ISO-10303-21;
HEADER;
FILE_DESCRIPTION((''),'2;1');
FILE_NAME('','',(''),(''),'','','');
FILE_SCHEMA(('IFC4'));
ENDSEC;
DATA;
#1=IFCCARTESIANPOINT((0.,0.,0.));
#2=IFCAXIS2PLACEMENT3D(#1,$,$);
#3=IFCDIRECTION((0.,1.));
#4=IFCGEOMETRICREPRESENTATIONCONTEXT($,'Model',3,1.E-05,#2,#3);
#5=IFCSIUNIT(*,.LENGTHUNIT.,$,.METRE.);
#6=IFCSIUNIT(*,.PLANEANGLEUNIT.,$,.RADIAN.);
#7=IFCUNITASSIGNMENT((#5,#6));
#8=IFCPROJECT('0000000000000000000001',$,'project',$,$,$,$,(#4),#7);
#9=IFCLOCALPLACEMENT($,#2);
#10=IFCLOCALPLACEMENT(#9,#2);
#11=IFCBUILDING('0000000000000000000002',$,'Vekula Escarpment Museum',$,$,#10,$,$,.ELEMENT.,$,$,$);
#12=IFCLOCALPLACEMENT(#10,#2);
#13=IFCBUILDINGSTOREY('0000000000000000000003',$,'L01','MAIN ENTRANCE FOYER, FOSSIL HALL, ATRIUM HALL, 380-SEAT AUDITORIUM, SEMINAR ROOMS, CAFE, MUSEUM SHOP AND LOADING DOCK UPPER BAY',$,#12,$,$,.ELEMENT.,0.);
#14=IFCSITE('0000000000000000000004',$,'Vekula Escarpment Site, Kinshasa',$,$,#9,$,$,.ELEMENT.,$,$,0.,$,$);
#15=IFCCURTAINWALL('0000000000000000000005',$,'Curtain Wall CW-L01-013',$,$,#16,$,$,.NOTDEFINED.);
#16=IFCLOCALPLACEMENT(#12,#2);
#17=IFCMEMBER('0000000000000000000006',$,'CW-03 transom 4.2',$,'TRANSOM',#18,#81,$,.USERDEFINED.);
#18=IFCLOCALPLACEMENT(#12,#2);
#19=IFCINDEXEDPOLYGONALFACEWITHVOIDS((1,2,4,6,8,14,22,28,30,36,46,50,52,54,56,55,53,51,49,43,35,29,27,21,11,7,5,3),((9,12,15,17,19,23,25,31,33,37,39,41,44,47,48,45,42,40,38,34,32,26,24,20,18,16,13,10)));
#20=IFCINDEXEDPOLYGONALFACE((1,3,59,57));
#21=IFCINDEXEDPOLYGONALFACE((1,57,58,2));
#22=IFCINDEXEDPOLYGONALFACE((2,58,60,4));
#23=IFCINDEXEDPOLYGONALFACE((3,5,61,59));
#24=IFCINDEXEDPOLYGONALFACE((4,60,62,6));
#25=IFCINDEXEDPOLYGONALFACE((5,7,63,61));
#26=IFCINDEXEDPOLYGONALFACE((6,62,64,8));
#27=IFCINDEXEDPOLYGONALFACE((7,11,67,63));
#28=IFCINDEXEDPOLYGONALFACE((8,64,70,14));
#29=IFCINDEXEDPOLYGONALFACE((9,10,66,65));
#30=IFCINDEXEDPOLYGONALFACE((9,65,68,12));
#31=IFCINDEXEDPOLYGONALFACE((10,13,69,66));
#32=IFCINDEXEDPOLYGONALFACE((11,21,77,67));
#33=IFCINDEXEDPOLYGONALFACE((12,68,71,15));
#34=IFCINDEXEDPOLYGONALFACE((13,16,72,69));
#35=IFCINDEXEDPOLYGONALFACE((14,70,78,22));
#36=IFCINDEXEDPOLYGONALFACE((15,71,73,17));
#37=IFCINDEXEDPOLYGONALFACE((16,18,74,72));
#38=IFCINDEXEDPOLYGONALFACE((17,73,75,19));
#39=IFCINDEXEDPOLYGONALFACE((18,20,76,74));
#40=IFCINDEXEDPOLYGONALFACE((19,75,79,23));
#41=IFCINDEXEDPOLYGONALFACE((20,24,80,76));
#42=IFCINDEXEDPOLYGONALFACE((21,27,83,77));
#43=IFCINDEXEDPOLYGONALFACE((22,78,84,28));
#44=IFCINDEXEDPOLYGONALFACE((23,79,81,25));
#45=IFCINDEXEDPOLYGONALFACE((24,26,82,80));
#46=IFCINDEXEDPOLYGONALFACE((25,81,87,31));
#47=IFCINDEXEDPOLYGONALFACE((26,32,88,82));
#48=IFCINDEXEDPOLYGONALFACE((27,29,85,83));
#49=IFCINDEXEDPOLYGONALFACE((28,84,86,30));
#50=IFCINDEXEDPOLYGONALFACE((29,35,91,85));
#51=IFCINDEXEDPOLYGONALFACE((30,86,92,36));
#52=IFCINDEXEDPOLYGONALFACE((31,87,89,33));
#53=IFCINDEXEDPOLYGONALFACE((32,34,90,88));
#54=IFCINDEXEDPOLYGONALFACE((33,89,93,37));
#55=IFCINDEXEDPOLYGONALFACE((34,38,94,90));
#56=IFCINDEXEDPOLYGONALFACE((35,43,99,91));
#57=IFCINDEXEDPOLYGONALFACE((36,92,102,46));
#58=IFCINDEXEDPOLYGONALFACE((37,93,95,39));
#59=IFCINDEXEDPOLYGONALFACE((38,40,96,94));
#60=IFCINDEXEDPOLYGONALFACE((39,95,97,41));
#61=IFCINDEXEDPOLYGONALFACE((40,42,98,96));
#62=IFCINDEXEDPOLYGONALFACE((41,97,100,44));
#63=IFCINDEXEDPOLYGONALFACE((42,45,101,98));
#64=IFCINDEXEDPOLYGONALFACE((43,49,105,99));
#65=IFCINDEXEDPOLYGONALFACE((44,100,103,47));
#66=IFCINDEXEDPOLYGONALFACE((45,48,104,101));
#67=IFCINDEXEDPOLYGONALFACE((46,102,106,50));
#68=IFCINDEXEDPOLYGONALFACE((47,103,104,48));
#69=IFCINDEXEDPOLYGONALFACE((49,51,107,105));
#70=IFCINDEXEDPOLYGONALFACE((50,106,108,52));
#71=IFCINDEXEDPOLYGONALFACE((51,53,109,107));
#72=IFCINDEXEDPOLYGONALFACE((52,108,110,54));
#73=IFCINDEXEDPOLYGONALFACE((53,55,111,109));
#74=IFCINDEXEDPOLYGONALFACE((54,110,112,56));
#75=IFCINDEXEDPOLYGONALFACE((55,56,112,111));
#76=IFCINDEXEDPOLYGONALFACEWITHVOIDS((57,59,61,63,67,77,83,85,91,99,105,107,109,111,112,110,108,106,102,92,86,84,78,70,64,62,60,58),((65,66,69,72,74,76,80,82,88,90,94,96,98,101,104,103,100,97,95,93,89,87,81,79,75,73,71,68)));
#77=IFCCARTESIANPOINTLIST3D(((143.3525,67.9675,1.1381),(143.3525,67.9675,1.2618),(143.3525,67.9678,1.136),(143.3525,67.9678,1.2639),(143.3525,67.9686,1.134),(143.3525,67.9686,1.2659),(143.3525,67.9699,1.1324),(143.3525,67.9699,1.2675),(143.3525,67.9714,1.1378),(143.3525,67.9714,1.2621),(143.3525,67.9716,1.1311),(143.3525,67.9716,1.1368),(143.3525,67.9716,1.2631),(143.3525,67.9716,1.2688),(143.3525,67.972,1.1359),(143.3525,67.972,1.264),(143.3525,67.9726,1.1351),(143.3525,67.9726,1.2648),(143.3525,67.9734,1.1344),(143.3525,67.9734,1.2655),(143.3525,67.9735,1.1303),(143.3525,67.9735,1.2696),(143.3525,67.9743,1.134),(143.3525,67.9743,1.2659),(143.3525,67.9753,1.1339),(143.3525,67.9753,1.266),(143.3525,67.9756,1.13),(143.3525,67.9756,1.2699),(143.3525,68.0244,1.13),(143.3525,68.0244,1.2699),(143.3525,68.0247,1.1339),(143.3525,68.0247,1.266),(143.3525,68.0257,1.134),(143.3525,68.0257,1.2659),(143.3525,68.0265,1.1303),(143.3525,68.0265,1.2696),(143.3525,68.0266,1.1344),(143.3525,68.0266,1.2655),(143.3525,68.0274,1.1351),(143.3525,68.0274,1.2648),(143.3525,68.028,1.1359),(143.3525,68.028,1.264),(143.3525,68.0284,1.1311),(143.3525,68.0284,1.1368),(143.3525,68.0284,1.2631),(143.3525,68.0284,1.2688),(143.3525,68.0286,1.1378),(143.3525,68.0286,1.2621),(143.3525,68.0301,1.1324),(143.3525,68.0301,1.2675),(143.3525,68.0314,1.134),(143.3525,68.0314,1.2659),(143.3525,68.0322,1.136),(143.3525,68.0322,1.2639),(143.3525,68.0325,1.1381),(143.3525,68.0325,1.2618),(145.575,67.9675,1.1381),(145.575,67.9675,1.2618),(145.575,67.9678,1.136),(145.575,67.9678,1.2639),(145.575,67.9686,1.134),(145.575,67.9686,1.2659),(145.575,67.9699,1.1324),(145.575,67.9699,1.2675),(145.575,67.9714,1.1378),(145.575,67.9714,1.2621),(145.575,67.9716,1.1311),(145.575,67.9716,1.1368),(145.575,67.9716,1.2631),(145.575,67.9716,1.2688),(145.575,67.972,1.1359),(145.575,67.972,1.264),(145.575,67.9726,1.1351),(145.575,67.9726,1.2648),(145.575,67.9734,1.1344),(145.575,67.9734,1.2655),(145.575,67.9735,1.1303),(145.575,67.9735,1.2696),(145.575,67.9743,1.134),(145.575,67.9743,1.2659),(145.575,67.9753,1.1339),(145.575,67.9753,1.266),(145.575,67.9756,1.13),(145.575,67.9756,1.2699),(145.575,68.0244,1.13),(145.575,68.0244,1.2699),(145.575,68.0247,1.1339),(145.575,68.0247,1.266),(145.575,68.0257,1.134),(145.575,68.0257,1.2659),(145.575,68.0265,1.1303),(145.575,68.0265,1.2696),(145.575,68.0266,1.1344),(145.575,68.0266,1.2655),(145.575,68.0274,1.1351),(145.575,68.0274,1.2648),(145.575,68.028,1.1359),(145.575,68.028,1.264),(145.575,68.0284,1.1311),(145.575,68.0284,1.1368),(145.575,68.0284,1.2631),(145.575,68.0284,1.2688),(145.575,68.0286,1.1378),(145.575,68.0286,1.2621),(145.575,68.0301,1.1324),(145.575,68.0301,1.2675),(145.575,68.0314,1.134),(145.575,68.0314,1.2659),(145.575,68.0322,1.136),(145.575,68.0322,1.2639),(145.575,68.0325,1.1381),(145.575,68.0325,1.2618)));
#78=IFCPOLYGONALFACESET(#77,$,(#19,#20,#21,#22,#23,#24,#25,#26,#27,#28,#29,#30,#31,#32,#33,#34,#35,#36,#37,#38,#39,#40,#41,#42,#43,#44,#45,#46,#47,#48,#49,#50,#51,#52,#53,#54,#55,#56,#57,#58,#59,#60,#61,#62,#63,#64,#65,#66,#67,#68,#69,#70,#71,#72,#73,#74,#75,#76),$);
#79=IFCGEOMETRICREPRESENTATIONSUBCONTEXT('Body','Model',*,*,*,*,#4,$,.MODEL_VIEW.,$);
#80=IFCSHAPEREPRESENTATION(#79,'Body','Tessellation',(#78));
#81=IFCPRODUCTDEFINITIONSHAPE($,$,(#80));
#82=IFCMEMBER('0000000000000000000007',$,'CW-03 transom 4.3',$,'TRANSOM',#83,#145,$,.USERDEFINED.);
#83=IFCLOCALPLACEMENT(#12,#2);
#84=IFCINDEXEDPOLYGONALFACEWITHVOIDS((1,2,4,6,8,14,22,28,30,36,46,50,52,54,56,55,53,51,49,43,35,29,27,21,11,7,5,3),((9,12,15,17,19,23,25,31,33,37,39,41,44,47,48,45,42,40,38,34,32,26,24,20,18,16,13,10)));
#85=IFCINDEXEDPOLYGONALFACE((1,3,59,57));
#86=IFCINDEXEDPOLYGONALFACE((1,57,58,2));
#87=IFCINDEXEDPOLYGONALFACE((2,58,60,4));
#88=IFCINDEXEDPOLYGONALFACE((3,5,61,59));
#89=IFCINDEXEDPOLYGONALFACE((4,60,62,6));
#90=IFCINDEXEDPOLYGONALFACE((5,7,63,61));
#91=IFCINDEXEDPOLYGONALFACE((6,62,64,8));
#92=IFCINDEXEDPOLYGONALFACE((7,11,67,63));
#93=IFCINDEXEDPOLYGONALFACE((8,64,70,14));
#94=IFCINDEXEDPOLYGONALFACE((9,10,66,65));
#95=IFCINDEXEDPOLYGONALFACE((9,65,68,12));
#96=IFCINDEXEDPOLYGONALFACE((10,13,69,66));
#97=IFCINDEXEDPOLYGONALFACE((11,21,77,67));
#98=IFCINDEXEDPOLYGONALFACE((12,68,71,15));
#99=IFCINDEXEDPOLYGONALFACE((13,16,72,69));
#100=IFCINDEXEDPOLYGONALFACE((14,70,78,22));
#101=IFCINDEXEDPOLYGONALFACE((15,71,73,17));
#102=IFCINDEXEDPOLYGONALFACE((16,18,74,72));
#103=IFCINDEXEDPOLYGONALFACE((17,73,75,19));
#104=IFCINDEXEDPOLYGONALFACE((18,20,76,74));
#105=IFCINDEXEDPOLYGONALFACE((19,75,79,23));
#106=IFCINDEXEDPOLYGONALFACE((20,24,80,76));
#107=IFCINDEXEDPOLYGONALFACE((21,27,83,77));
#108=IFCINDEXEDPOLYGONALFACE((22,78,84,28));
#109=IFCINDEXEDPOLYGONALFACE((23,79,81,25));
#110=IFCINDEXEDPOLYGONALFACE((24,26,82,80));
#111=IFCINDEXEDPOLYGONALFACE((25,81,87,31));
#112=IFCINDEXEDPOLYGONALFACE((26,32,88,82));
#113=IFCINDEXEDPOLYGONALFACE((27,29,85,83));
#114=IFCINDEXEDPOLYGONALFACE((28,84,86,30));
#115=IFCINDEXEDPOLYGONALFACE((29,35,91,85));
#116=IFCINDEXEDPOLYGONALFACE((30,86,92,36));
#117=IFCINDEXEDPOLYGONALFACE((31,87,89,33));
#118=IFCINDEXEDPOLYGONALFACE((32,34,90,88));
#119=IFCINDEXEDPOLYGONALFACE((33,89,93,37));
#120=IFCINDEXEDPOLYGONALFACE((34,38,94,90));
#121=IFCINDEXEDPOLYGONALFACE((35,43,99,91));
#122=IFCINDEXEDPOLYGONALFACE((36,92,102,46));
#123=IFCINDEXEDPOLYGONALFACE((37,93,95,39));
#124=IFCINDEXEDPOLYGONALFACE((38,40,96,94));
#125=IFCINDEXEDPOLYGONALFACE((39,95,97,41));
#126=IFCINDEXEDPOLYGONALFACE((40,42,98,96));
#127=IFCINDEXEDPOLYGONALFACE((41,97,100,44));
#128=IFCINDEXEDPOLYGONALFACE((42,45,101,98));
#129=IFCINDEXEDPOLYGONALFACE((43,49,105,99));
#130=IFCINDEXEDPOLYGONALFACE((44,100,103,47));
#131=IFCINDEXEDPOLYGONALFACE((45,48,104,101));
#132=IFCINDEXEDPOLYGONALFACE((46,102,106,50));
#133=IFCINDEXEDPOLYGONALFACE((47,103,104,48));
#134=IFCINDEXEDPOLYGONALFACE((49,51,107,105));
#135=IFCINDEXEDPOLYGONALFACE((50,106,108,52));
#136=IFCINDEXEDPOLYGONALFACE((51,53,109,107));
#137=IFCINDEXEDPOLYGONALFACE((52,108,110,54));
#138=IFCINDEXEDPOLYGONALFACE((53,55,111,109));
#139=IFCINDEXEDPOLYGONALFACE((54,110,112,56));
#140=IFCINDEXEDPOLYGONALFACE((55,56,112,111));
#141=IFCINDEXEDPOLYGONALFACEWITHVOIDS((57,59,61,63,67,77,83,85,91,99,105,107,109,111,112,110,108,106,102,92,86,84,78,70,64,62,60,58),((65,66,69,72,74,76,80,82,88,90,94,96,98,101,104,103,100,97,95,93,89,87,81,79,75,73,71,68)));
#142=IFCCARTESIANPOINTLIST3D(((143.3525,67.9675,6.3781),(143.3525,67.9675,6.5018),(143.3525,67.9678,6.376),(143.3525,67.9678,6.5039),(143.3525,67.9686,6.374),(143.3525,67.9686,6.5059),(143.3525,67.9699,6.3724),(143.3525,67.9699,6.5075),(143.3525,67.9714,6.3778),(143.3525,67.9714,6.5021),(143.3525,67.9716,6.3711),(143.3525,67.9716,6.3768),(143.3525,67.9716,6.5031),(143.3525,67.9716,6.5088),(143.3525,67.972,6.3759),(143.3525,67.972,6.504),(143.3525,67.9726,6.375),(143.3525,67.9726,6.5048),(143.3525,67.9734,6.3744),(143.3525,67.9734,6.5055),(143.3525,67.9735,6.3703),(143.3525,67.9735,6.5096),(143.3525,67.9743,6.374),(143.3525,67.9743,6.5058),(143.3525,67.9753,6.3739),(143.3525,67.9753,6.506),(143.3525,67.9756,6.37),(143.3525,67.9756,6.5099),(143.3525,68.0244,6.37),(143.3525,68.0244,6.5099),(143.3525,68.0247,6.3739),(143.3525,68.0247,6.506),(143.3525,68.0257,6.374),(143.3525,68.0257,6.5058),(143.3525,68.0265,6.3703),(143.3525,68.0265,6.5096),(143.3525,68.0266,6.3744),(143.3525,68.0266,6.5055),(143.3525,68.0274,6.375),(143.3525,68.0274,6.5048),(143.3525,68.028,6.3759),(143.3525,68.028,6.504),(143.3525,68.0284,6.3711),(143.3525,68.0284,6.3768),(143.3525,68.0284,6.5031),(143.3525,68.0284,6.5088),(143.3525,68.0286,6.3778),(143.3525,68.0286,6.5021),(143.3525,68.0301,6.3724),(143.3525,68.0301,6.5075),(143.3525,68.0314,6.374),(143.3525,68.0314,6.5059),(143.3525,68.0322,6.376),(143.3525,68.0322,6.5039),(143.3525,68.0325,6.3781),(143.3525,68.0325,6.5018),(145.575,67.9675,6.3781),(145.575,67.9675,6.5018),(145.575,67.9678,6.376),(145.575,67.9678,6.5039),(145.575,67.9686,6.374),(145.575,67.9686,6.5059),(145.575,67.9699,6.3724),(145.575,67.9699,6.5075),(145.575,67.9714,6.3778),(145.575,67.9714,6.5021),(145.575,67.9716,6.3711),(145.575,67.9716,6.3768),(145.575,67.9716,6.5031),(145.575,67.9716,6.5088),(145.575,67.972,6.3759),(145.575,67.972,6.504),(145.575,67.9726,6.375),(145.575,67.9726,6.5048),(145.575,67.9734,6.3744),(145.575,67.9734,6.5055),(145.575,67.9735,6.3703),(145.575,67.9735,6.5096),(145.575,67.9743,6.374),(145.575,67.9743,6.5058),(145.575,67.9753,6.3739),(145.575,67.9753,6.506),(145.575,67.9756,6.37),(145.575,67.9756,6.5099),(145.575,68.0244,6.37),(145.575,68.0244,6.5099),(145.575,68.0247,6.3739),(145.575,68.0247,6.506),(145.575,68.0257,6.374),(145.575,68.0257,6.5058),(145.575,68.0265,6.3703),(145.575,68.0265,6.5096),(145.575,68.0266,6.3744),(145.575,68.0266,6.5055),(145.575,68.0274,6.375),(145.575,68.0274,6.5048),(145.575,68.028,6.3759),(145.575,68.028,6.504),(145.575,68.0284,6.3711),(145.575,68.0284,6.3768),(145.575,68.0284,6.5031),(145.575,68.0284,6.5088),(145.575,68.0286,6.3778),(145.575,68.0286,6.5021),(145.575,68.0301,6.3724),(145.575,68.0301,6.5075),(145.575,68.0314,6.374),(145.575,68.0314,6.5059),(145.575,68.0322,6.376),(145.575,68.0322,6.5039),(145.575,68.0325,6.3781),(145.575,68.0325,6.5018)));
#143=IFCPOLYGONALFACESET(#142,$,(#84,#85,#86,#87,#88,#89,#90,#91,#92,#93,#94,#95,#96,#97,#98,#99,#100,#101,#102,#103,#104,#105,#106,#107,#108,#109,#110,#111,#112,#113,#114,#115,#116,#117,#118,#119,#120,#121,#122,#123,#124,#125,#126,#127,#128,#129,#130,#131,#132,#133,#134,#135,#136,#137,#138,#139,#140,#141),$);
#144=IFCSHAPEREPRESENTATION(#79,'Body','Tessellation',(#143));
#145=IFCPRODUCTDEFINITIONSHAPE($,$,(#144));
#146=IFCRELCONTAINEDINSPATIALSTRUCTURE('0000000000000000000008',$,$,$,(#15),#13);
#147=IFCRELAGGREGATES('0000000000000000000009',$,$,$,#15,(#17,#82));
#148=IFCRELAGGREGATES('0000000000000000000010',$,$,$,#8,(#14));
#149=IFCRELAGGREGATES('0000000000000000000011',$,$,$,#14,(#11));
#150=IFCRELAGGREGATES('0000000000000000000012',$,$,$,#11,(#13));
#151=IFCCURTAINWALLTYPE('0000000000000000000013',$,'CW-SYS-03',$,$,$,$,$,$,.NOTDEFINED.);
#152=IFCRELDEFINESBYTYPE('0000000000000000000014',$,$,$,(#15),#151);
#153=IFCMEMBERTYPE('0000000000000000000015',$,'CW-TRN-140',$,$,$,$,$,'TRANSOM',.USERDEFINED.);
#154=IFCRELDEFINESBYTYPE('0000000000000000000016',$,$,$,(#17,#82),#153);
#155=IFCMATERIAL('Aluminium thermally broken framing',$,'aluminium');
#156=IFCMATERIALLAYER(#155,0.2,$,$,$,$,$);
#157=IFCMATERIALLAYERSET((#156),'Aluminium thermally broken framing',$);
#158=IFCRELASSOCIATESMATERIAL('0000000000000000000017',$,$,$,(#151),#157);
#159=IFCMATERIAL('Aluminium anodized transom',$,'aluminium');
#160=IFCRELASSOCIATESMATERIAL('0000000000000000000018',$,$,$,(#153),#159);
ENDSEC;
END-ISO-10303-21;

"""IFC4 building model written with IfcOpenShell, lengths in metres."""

from ifc_helpers import new_model, si_unit, direction, frame, origin, origin_2d, place, context, subcontext, project, spatial, hollow_rectangle, extrude, material, layer, layer_set, material_profile, profile_set, type_object, element, aggregate, save


model = new_model("IFC4")

# Units and contexts
model_context = context("Model", 3, precision=1e-05, world=origin(), true_north=direction((0.0, 1.0)))
body_context = subcontext(model_context, "Body", "Model", "MODEL_VIEW")
ifc_project = project(units=[si_unit("LENGTHUNIT", "METRE"), si_unit("PLANEANGLEUNIT", "RADIAN")], contexts=[model_context])

# Site, building, storey
site_placement = place(None, origin())
site = spatial("IfcSite", under=ifc_project, at=site_placement, Name="Vekula Escarpment Site, Kinshasa", CompositionType="ELEMENT", RefElevation=0.0)
building_placement = place(site_placement, origin())
building = spatial("IfcBuilding", under=site, at=building_placement, Name="Vekula Escarpment Museum", CompositionType="ELEMENT")
storey_placement = place(building_placement, origin())
storey = spatial("IfcBuildingStorey", under=building, at=storey_placement, Name="L01", Description="MAIN ENTRANCE FOYER, FOSSIL HALL, ATRIUM HALL, 380-SEAT AUDITORIUM, SEMINAR ROOMS, CAFE, MUSEUM SHOP AND LOADING DOCK UPPER BAY", CompositionType="ELEMENT", Elevation=0.0)

# Curtain wall, members
ifc_material_1 = material(Name="Aluminium thermally broken framing", Category="aluminium")
ifc_layer_1 = layer(ifc_material_1, 0.2)
ifc_layer_set_1 = layer_set([ifc_layer_1], Name="Aluminium thermally broken framing")
curtain_wall_type = type_object("IfcCurtainWallType", Name="CW-SYS-03", PredefinedType="NOTDEFINED", material=ifc_layer_set_1)
curtain_wall_placement = place(storey_placement, origin())
curtain_wall = element("IfcCurtainWall", 1, at=curtain_wall_placement, inside=storey, type_object=curtain_wall_type, Name="Curtain Wall CW-L01-013", PredefinedType="NOTDEFINED")
ifc_material_2 = material(Name="Aluminium anodized transom", Category="aluminium")
ifc_material_profile_1 = material_profile(ifc_material_2, hollow_rectangle(XDim=0.0649, YDim=0.1399, WallThickness=0.0039, InnerFilletRadius=0.0039, OuterFilletRadius=0.0081, at=origin_2d()), Name="ALU 140x65x4")
ifc_profile_set_1 = profile_set([ifc_material_profile_1], Name="Aluminium anodized transom")
member_type_1 = type_object("IfcMemberType", Name="CW-TRN-140", ElementType="TRANSOM", PredefinedType="USERDEFINED", material=ifc_profile_set_1)
member_1_placement = place(storey_placement, frame((143.3525, 68.0, 1.2), z_axis=(1.0, 0.0, 0.0), x_axis=(0.0, 1.0, 0.0)))
member_1 = element("IfcMember", 2, at=member_1_placement, type_object=member_type_1, Name="CW-03 transom 4.2", ObjectType="TRANSOM", PredefinedType="USERDEFINED", context=body_context, shape_type="SweptSolid", body=[
    extrude(hollow_rectangle(XDim=0.0649, YDim=0.1399, WallThickness=0.0039, InnerFilletRadius=0.0039, OuterFilletRadius=0.0081, at=origin_2d()), origin(), (0.0, 0.0, 1.0), 2.2224),
])
member_2_placement = place(storey_placement, frame((143.3525, 68.0, 6.4399), z_axis=(1.0, 0.0, 0.0), x_axis=(0.0, 1.0, 0.0)))
member_2 = element("IfcMember", 3, at=member_2_placement, type_object=member_type_1, Name="CW-03 transom 4.3", ObjectType="TRANSOM", PredefinedType="USERDEFINED", context=body_context, shape_type="SweptSolid", body=[
    extrude(hollow_rectangle(XDim=0.0649, YDim=0.1399, WallThickness=0.0039, InnerFilletRadius=0.0039, OuterFilletRadius=0.0081, at=origin_2d()), origin(), (0.0, 0.0, 1.0), 2.2224),
])
aggregate(curtain_wall, [member_1, member_2])

save(model, "model.ifc")
